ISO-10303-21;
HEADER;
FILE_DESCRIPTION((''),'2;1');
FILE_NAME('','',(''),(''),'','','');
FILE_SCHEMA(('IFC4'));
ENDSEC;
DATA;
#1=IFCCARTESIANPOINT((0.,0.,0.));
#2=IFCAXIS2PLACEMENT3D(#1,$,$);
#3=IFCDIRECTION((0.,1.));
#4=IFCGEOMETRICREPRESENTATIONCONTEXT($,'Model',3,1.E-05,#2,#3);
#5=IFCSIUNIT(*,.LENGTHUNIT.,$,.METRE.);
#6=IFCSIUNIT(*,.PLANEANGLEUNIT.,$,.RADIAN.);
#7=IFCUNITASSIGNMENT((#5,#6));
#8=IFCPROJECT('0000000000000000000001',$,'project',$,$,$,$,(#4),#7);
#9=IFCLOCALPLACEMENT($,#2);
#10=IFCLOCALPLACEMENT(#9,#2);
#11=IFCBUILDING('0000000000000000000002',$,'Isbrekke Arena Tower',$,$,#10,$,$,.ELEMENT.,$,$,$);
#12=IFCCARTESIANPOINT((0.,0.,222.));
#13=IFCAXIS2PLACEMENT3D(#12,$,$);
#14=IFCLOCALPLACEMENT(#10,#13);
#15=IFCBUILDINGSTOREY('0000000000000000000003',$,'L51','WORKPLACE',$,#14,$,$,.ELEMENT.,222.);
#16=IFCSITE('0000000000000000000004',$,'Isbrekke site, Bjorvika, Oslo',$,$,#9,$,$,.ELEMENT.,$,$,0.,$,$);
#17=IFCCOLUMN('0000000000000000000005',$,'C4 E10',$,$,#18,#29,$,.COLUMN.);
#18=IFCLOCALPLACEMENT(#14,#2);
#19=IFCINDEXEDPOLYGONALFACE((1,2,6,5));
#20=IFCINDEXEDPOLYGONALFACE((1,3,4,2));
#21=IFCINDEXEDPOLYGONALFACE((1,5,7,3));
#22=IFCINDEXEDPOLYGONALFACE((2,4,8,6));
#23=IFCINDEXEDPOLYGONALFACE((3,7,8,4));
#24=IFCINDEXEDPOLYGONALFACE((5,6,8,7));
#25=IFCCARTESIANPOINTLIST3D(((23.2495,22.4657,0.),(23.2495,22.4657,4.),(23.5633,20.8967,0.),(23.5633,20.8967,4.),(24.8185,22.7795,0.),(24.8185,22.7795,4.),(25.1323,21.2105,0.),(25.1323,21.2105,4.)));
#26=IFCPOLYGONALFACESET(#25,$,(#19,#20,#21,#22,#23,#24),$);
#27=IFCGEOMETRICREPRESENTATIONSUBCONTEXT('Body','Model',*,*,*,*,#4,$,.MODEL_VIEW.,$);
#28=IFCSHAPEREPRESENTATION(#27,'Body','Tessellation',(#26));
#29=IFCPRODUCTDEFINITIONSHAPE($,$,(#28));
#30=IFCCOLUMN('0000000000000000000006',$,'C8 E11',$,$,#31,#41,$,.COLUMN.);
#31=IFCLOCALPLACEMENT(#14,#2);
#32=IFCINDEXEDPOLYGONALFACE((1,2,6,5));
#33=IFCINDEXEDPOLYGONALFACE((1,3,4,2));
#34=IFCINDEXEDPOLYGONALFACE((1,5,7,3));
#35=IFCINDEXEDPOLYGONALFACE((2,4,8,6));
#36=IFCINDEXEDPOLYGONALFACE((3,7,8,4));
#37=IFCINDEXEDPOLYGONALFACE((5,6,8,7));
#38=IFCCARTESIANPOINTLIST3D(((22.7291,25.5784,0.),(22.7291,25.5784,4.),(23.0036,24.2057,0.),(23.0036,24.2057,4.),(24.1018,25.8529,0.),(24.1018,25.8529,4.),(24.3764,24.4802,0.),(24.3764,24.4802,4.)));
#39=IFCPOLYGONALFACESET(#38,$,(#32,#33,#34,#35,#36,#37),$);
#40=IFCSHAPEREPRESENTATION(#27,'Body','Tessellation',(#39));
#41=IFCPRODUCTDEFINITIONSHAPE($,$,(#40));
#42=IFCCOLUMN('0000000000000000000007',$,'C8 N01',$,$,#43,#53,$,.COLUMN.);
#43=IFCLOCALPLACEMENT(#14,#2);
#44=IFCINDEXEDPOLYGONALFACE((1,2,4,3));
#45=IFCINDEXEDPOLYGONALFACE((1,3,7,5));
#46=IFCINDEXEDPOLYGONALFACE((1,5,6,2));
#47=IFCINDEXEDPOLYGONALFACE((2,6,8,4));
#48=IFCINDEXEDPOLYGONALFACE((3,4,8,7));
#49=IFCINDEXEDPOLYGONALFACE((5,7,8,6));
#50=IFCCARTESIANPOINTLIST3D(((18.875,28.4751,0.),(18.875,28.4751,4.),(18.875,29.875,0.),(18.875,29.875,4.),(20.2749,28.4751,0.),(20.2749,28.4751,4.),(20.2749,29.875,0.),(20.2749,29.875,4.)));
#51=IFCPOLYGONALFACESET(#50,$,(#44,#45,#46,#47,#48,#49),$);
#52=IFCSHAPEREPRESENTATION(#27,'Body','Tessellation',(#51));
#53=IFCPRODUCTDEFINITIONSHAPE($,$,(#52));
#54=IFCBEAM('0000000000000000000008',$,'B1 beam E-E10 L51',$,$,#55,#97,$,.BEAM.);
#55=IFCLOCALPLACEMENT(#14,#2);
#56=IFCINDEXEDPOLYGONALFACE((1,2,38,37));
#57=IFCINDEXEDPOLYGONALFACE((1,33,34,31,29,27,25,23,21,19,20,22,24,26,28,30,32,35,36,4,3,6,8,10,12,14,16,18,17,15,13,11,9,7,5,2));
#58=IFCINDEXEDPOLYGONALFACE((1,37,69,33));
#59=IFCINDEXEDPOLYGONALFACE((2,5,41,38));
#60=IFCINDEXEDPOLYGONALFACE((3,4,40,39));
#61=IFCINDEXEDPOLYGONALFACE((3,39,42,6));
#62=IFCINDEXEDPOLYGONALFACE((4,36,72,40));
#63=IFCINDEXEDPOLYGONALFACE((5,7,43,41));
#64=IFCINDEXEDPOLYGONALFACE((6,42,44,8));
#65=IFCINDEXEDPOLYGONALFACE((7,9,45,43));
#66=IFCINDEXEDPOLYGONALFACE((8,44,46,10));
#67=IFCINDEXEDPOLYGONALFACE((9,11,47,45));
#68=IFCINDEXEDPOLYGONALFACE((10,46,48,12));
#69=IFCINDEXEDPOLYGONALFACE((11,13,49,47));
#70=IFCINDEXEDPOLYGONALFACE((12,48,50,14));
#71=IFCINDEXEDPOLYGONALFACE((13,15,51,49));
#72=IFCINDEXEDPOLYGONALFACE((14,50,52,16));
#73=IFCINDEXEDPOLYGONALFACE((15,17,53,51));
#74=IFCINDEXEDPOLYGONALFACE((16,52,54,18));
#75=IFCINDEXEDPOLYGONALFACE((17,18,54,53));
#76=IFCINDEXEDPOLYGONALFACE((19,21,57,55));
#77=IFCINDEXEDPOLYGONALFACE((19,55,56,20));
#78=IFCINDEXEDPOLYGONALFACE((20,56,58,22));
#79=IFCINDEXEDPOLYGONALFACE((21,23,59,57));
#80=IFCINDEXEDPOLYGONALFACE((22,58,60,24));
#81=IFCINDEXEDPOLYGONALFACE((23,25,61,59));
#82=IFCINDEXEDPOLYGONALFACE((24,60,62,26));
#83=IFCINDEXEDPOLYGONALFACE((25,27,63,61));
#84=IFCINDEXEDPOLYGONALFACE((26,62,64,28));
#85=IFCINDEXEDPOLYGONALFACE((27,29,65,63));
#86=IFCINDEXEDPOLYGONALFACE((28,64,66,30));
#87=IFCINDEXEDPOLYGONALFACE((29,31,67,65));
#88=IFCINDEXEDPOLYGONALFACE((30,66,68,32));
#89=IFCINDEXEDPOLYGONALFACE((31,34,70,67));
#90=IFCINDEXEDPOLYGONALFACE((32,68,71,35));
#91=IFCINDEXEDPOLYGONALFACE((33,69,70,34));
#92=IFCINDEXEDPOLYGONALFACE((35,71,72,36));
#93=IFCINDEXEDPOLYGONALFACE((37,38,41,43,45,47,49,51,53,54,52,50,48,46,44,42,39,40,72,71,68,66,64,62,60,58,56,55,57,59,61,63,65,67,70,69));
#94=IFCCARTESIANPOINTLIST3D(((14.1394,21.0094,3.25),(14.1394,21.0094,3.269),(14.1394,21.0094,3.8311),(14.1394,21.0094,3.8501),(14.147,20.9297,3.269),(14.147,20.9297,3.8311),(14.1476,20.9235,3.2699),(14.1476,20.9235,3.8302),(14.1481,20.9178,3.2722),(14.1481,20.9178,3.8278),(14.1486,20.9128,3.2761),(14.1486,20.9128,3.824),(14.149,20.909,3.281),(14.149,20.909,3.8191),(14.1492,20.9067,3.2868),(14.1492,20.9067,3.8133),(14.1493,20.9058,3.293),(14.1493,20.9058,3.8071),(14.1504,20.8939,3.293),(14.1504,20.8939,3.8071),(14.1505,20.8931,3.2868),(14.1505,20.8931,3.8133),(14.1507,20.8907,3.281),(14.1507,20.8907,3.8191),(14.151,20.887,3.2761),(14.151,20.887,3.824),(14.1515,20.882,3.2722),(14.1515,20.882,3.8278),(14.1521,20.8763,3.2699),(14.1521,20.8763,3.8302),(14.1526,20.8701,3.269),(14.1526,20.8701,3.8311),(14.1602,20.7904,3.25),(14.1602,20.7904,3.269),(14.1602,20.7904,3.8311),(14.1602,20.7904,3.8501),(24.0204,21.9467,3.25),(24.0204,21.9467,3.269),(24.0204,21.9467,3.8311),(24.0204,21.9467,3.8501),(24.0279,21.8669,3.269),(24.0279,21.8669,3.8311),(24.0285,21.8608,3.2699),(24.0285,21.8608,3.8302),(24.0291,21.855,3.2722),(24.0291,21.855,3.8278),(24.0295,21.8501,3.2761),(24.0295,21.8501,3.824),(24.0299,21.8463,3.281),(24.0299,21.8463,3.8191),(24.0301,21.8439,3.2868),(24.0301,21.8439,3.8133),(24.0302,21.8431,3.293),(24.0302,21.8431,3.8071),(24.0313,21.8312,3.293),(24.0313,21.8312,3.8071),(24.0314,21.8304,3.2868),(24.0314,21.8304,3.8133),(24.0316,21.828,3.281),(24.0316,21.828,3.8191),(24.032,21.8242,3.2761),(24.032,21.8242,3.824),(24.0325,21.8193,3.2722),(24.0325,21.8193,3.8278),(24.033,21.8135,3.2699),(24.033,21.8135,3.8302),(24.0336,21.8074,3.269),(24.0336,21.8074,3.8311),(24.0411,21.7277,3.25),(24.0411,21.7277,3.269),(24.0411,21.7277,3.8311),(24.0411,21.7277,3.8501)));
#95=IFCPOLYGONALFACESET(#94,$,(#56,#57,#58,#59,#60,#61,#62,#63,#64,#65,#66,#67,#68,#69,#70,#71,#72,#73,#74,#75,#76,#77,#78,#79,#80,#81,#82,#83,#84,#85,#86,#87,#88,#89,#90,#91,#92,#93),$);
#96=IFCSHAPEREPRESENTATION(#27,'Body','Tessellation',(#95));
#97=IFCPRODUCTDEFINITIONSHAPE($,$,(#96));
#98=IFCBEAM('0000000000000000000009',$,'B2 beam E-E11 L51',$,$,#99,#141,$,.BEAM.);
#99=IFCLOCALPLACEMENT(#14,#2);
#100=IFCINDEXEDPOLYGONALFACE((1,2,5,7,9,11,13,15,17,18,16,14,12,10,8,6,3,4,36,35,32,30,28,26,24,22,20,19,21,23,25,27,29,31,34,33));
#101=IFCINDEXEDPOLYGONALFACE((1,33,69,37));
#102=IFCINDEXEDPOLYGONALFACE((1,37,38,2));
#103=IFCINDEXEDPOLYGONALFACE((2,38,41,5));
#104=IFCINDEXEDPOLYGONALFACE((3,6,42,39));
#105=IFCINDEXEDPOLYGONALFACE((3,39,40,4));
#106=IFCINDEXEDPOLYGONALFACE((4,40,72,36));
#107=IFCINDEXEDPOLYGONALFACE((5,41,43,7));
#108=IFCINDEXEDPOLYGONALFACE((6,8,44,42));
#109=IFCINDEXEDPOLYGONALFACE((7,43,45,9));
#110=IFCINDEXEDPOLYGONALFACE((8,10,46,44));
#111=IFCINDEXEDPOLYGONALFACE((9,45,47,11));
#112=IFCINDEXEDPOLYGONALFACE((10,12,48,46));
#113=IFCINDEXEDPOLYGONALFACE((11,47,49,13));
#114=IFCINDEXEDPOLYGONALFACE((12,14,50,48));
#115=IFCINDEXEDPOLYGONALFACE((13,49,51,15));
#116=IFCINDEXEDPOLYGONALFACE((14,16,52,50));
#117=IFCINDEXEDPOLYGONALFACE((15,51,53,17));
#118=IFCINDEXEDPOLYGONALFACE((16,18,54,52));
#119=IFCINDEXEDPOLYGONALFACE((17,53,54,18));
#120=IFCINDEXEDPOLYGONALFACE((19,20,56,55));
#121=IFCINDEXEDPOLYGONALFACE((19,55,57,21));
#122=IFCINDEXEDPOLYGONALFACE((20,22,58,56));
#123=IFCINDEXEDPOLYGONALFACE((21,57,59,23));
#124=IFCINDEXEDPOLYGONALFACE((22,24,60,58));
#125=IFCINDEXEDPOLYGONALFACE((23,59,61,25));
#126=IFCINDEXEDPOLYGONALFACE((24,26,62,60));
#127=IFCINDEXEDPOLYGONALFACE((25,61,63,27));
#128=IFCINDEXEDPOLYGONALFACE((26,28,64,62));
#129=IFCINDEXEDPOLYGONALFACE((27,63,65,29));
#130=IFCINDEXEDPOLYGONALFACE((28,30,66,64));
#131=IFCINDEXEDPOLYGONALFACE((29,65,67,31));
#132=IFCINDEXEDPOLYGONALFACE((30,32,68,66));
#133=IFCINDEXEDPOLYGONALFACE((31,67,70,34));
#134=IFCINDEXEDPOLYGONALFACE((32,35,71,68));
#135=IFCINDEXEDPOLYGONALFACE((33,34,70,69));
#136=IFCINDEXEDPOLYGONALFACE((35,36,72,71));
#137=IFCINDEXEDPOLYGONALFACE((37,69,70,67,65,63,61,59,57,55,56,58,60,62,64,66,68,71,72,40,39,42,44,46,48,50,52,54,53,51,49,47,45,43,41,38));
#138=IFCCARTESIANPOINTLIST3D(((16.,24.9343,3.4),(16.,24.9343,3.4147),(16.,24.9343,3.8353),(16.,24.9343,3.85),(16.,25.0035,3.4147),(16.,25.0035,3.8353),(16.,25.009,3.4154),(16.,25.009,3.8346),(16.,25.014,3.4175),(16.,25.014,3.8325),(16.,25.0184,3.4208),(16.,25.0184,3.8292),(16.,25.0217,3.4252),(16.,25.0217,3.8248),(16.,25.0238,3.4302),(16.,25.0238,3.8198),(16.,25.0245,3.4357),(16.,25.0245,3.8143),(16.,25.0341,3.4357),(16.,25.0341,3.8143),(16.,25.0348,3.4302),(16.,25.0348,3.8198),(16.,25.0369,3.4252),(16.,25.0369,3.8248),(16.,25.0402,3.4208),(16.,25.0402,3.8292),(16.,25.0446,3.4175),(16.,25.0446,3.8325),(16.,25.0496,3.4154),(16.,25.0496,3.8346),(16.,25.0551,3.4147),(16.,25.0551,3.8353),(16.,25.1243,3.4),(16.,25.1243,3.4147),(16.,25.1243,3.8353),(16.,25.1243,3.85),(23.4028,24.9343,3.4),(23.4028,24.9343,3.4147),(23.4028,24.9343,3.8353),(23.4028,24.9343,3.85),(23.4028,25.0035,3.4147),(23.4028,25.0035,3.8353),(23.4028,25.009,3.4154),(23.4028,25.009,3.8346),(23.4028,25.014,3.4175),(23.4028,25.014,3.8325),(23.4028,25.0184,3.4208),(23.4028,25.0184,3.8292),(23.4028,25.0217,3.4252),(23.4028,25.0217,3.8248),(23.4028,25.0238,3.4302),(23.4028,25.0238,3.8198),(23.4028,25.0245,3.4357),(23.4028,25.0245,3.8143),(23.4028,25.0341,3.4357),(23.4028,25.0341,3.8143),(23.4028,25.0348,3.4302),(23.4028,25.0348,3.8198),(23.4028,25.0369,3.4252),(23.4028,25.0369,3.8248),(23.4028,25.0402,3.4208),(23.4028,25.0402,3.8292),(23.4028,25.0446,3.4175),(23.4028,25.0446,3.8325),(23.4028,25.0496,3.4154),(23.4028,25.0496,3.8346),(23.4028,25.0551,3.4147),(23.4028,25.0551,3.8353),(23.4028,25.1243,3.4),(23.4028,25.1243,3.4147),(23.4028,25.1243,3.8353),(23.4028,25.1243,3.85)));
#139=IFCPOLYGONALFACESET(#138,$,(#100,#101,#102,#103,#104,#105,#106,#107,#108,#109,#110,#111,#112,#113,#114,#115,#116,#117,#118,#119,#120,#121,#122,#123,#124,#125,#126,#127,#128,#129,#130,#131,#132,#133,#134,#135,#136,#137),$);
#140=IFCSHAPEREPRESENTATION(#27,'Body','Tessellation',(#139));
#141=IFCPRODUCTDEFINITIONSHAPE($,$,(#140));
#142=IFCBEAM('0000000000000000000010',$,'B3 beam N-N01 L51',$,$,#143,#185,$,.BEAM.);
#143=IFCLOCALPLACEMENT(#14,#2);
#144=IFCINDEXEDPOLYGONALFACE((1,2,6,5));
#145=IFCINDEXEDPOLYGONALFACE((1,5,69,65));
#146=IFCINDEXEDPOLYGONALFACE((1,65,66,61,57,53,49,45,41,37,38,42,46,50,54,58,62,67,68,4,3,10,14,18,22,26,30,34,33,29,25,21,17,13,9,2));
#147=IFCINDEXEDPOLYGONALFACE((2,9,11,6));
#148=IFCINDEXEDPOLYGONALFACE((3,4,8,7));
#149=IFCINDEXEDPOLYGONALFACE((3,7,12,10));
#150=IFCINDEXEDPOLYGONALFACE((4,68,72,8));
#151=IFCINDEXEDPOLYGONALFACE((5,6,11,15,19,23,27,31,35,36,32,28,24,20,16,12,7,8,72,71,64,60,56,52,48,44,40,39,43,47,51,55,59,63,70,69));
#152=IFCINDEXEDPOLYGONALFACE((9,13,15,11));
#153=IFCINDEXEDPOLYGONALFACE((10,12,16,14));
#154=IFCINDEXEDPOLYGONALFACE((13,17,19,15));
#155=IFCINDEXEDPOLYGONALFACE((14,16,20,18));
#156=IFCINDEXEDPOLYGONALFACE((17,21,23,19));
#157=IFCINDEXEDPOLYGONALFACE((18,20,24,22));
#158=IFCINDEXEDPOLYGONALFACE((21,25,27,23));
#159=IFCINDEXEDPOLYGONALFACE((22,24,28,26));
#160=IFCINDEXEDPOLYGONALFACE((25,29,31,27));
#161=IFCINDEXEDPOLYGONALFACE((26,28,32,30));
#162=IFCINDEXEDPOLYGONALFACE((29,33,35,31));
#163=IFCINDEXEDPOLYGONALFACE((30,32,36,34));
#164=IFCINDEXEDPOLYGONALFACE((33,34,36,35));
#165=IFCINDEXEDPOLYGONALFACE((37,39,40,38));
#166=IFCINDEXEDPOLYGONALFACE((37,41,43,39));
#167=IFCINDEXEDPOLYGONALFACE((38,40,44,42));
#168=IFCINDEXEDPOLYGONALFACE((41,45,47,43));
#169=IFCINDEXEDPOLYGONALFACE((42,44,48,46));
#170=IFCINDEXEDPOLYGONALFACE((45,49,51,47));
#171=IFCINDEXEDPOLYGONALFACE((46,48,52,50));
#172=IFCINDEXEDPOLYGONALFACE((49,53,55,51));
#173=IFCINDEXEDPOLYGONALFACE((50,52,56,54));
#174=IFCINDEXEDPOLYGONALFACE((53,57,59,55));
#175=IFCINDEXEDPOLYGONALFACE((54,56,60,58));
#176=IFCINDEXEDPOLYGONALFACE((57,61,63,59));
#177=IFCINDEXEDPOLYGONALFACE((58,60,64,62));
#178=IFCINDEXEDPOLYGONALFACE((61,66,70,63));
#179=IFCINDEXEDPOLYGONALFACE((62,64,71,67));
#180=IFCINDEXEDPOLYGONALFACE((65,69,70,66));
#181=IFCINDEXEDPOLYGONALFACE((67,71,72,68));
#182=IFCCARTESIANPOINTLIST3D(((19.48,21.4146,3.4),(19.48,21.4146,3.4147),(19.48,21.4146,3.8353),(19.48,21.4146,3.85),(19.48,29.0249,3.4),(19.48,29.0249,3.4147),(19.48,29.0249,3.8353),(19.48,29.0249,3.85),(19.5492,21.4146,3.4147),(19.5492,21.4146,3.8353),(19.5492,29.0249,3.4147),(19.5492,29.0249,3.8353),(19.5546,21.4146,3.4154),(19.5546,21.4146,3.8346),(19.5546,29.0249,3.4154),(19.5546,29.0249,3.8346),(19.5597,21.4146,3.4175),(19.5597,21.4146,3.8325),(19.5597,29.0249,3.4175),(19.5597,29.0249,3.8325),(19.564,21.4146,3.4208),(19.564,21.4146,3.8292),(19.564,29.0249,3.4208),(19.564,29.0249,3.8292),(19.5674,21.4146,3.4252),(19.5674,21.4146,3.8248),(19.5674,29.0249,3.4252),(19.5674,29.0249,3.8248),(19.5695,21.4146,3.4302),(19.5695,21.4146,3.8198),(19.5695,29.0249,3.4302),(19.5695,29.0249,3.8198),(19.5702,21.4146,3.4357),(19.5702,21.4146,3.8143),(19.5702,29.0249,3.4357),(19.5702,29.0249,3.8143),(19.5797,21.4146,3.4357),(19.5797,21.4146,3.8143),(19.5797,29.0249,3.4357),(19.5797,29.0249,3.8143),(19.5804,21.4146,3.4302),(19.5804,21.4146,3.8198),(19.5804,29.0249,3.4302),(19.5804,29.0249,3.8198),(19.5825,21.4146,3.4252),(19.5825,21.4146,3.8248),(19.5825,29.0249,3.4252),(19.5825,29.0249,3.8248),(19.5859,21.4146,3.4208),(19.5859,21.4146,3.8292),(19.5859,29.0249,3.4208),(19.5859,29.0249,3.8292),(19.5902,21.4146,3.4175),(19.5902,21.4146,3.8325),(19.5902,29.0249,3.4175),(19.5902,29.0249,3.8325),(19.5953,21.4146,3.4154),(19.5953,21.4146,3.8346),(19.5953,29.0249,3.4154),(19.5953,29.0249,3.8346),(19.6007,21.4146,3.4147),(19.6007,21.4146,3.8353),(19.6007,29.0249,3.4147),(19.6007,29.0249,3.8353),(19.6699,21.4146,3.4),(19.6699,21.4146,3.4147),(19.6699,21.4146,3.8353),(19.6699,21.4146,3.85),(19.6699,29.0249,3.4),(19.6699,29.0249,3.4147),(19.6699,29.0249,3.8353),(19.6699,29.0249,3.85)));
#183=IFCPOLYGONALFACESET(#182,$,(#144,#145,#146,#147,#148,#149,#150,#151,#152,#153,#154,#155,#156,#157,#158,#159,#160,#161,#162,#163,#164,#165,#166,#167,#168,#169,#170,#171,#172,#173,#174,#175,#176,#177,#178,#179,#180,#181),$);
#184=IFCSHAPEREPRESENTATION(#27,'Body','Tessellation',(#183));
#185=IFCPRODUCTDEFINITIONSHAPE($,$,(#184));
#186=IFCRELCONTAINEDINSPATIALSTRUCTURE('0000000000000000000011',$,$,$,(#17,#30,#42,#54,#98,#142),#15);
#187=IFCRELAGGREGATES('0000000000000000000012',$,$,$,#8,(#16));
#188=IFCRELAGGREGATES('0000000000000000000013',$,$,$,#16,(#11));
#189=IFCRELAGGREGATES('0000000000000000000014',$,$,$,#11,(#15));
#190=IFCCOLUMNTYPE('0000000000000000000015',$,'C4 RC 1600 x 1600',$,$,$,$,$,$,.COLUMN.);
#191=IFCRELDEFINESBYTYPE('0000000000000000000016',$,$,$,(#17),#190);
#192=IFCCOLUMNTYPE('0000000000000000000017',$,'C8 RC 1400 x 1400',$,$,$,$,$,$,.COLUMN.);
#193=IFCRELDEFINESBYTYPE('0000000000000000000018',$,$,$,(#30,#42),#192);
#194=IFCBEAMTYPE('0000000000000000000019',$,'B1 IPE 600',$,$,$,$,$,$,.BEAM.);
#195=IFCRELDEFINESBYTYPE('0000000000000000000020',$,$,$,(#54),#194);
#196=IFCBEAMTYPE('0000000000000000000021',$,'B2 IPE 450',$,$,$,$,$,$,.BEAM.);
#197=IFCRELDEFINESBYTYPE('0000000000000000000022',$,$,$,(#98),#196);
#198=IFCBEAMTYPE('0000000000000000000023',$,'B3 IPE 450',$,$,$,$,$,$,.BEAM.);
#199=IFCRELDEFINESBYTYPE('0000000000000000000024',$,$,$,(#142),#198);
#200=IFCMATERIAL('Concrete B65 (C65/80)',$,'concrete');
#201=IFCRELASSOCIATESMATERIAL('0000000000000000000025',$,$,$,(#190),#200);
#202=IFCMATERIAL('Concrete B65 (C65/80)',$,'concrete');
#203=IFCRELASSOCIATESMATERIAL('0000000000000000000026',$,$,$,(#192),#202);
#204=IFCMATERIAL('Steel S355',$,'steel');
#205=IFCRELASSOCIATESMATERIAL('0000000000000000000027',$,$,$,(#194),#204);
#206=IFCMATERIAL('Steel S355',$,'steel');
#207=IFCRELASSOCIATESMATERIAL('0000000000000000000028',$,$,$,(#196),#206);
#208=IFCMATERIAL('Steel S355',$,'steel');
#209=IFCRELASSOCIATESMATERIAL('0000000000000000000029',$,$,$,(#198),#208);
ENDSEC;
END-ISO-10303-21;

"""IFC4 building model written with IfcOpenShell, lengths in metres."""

from ifc_helpers import new_model, si_unit, direction, frame, origin, origin_2d, place, context, subcontext, project, spatial, rectangle, i_section, extrude, material, material_profile, profile_set, type_object, element, save


model = new_model("IFC4")

# Units and contexts
model_context = context("Model", 3, precision=1e-05, world=origin(), true_north=direction((0.0, 1.0)))
body_context = subcontext(model_context, "Body", "Model", "MODEL_VIEW")
ifc_project = project(units=[si_unit("LENGTHUNIT", "METRE"), si_unit("PLANEANGLEUNIT", "RADIAN")], contexts=[model_context])

# Site, building, storey
site_placement = place(None, origin())
site = spatial("IfcSite", under=ifc_project, at=site_placement, Name="Isbrekke site, Bjorvika, Oslo", CompositionType="ELEMENT", RefElevation=0.0)
building_placement = place(site_placement, origin())
building = spatial("IfcBuilding", under=site, at=building_placement, Name="Isbrekke Arena Tower", CompositionType="ELEMENT")
storey_placement = place(building_placement, frame((0.0, 0.0, 222.0)))
storey = spatial("IfcBuildingStorey", under=building, at=storey_placement, Name="L51", Description="WORKPLACE", CompositionType="ELEMENT", Elevation=222.0)

# Columns
ifc_material_1 = material(Name="Concrete B65 (C65/80)", Category="concrete")
ifc_material_profile_1 = material_profile(ifc_material_1, rectangle(XDim=1.6001, YDim=1.6001, at=origin_2d()), Name="RC 1600x1600")
ifc_profile_set_1 = profile_set([ifc_material_profile_1], Name="Concrete B65 (C65/80)")
column_type_1 = type_object("IfcColumnType", Name="C4 RC 1600 x 1600", PredefinedType="COLUMN", material=ifc_profile_set_1)
column_placement = place(storey_placement, frame((24.1909, 21.8381, 0.0), z_axis=(0.0, 0.0, 1.0), x_axis=(-0.196116, 0.980581, 0.0)))
element("IfcColumn", 1, at=column_placement, inside=storey, type_object=column_type_1, Name="C4 E10", PredefinedType="COLUMN", context=body_context, shape_type="SweptSolid", body=[
    extrude(rectangle(XDim=1.6001, YDim=1.6001, at=origin_2d()), origin(), (0.0, 0.0, 1.0), 4.0),
])
ifc_material_2 = material(Name="Concrete B65 (C65/80)", Category="concrete")
ifc_material_profile_2 = material_profile(ifc_material_2, rectangle(XDim=1.3999, YDim=1.3999, at=origin_2d()), Name="RC 1400x1400")
ifc_profile_set_2 = profile_set([ifc_material_profile_2], Name="Concrete B65 (C65/80)")
column_type_2 = type_object("IfcColumnType", Name="C8 RC 1400 x 1400", PredefinedType="COLUMN", material=ifc_profile_set_2)
for number, where, z_axis, x_axis, name in (
    (2, (23.5527, 25.0293, 0.0), (0.0, 0.0, 1.0), (-0.196116, 0.980581, 0.0), "C8 E11"),
    (3, (19.575, 29.175, 0.0), (0.0, 0.0, 1.0), (-1.0, 0.0, 0.0), "C8 N01"),
):
    element("IfcColumn", number, at=place(storey_placement, frame(where, z_axis=z_axis, x_axis=x_axis)), inside=storey, type_object=column_type_2, Name=name, PredefinedType="COLUMN", context=body_context, shape_type="SweptSolid", body=[
        extrude(rectangle(XDim=1.3999, YDim=1.3999, at=origin_2d()), origin(), (0.0, 0.0, 1.0), 4.0),
    ])

# Beams
ifc_material_3 = material(Name="Steel S355", Category="steel")
ifc_material_profile_3 = material_profile(ifc_material_3, i_section(OverallWidth=0.22, OverallDepth=0.6001, WebThickness=0.012, FlangeThickness=0.019, FilletRadius=0.0239, at=origin_2d()), Name="IPE 600")
ifc_profile_set_3 = profile_set([ifc_material_profile_3], Name="Steel S355")
beam_type_1 = type_object("IfcBeamType", Name="B1 IPE 600", PredefinedType="BEAM", material=ifc_profile_set_3)
beam_1_placement = place(storey_placement, frame((24.0308, 21.8372, 3.55), z_axis=(-0.995531, -0.094432, 0.0), x_axis=(0.094432, -0.995531, 0.0)))
element("IfcBeam", 4, at=beam_1_placement, inside=storey, type_object=beam_type_1, Name="B1 beam E-E10 L51", PredefinedType="BEAM", context=body_context, shape_type="SweptSolid", body=[
    extrude(i_section(OverallWidth=0.22, OverallDepth=0.6001, WebThickness=0.012, FlangeThickness=0.019, FilletRadius=0.0239, at=origin_2d()), origin(), (0.0, 0.0, 1.0), 9.9253),
])
ifc_material_4 = material(Name="Steel S355", Category="steel")
ifc_material_profile_4 = material_profile(ifc_material_4, i_section(OverallWidth=0.1899, OverallDepth=0.45, WebThickness=0.0095, FlangeThickness=0.0146, FilletRadius=0.021, at=origin_2d()), Name="IPE 450")
ifc_profile_set_4 = profile_set([ifc_material_profile_4], Name="Steel S355")
beam_type_2 = type_object("IfcBeamType", Name="B2 IPE 450", PredefinedType="BEAM", material=ifc_profile_set_4)
beam_2_placement = place(storey_placement, frame((23.4028, 25.0293, 3.625), z_axis=(-1.0, 0.0, 0.0), x_axis=(0.0, -1.0, 0.0)))
element("IfcBeam", 5, at=beam_2_placement, inside=storey, type_object=beam_type_2, Name="B2 beam E-E11 L51", PredefinedType="BEAM", context=body_context, shape_type="SweptSolid", body=[
    extrude(i_section(OverallWidth=0.1899, OverallDepth=0.45, WebThickness=0.0095, FlangeThickness=0.0146, FilletRadius=0.021, at=origin_2d()), origin(), (0.0, 0.0, 1.0), 7.4028),
])
ifc_material_5 = material(Name="Steel S355", Category="steel")
ifc_material_profile_5 = material_profile(ifc_material_5, i_section(OverallWidth=0.1899, OverallDepth=0.45, WebThickness=0.0095, FlangeThickness=0.0146, FilletRadius=0.021, at=origin_2d()), Name="IPE 450")
ifc_profile_set_5 = profile_set([ifc_material_profile_5], Name="Steel S355")
beam_type_3 = type_object("IfcBeamType", Name="B3 IPE 450", PredefinedType="BEAM", material=ifc_profile_set_5)
beam_3_placement = place(storey_placement, frame((19.575, 29.0249, 3.625), z_axis=(0.0, -1.0, 0.0), x_axis=(1.0, 0.0, 0.0)))
element("IfcBeam", 6, at=beam_3_placement, inside=storey, type_object=beam_type_3, Name="B3 beam N-N01 L51", PredefinedType="BEAM", context=body_context, shape_type="SweptSolid", body=[
    extrude(i_section(OverallWidth=0.1899, OverallDepth=0.45, WebThickness=0.0095, FlangeThickness=0.0146, FilletRadius=0.021, at=origin_2d()), origin(), (0.0, 0.0, 1.0), 7.6104),
])

save(model, "model.ifc")
